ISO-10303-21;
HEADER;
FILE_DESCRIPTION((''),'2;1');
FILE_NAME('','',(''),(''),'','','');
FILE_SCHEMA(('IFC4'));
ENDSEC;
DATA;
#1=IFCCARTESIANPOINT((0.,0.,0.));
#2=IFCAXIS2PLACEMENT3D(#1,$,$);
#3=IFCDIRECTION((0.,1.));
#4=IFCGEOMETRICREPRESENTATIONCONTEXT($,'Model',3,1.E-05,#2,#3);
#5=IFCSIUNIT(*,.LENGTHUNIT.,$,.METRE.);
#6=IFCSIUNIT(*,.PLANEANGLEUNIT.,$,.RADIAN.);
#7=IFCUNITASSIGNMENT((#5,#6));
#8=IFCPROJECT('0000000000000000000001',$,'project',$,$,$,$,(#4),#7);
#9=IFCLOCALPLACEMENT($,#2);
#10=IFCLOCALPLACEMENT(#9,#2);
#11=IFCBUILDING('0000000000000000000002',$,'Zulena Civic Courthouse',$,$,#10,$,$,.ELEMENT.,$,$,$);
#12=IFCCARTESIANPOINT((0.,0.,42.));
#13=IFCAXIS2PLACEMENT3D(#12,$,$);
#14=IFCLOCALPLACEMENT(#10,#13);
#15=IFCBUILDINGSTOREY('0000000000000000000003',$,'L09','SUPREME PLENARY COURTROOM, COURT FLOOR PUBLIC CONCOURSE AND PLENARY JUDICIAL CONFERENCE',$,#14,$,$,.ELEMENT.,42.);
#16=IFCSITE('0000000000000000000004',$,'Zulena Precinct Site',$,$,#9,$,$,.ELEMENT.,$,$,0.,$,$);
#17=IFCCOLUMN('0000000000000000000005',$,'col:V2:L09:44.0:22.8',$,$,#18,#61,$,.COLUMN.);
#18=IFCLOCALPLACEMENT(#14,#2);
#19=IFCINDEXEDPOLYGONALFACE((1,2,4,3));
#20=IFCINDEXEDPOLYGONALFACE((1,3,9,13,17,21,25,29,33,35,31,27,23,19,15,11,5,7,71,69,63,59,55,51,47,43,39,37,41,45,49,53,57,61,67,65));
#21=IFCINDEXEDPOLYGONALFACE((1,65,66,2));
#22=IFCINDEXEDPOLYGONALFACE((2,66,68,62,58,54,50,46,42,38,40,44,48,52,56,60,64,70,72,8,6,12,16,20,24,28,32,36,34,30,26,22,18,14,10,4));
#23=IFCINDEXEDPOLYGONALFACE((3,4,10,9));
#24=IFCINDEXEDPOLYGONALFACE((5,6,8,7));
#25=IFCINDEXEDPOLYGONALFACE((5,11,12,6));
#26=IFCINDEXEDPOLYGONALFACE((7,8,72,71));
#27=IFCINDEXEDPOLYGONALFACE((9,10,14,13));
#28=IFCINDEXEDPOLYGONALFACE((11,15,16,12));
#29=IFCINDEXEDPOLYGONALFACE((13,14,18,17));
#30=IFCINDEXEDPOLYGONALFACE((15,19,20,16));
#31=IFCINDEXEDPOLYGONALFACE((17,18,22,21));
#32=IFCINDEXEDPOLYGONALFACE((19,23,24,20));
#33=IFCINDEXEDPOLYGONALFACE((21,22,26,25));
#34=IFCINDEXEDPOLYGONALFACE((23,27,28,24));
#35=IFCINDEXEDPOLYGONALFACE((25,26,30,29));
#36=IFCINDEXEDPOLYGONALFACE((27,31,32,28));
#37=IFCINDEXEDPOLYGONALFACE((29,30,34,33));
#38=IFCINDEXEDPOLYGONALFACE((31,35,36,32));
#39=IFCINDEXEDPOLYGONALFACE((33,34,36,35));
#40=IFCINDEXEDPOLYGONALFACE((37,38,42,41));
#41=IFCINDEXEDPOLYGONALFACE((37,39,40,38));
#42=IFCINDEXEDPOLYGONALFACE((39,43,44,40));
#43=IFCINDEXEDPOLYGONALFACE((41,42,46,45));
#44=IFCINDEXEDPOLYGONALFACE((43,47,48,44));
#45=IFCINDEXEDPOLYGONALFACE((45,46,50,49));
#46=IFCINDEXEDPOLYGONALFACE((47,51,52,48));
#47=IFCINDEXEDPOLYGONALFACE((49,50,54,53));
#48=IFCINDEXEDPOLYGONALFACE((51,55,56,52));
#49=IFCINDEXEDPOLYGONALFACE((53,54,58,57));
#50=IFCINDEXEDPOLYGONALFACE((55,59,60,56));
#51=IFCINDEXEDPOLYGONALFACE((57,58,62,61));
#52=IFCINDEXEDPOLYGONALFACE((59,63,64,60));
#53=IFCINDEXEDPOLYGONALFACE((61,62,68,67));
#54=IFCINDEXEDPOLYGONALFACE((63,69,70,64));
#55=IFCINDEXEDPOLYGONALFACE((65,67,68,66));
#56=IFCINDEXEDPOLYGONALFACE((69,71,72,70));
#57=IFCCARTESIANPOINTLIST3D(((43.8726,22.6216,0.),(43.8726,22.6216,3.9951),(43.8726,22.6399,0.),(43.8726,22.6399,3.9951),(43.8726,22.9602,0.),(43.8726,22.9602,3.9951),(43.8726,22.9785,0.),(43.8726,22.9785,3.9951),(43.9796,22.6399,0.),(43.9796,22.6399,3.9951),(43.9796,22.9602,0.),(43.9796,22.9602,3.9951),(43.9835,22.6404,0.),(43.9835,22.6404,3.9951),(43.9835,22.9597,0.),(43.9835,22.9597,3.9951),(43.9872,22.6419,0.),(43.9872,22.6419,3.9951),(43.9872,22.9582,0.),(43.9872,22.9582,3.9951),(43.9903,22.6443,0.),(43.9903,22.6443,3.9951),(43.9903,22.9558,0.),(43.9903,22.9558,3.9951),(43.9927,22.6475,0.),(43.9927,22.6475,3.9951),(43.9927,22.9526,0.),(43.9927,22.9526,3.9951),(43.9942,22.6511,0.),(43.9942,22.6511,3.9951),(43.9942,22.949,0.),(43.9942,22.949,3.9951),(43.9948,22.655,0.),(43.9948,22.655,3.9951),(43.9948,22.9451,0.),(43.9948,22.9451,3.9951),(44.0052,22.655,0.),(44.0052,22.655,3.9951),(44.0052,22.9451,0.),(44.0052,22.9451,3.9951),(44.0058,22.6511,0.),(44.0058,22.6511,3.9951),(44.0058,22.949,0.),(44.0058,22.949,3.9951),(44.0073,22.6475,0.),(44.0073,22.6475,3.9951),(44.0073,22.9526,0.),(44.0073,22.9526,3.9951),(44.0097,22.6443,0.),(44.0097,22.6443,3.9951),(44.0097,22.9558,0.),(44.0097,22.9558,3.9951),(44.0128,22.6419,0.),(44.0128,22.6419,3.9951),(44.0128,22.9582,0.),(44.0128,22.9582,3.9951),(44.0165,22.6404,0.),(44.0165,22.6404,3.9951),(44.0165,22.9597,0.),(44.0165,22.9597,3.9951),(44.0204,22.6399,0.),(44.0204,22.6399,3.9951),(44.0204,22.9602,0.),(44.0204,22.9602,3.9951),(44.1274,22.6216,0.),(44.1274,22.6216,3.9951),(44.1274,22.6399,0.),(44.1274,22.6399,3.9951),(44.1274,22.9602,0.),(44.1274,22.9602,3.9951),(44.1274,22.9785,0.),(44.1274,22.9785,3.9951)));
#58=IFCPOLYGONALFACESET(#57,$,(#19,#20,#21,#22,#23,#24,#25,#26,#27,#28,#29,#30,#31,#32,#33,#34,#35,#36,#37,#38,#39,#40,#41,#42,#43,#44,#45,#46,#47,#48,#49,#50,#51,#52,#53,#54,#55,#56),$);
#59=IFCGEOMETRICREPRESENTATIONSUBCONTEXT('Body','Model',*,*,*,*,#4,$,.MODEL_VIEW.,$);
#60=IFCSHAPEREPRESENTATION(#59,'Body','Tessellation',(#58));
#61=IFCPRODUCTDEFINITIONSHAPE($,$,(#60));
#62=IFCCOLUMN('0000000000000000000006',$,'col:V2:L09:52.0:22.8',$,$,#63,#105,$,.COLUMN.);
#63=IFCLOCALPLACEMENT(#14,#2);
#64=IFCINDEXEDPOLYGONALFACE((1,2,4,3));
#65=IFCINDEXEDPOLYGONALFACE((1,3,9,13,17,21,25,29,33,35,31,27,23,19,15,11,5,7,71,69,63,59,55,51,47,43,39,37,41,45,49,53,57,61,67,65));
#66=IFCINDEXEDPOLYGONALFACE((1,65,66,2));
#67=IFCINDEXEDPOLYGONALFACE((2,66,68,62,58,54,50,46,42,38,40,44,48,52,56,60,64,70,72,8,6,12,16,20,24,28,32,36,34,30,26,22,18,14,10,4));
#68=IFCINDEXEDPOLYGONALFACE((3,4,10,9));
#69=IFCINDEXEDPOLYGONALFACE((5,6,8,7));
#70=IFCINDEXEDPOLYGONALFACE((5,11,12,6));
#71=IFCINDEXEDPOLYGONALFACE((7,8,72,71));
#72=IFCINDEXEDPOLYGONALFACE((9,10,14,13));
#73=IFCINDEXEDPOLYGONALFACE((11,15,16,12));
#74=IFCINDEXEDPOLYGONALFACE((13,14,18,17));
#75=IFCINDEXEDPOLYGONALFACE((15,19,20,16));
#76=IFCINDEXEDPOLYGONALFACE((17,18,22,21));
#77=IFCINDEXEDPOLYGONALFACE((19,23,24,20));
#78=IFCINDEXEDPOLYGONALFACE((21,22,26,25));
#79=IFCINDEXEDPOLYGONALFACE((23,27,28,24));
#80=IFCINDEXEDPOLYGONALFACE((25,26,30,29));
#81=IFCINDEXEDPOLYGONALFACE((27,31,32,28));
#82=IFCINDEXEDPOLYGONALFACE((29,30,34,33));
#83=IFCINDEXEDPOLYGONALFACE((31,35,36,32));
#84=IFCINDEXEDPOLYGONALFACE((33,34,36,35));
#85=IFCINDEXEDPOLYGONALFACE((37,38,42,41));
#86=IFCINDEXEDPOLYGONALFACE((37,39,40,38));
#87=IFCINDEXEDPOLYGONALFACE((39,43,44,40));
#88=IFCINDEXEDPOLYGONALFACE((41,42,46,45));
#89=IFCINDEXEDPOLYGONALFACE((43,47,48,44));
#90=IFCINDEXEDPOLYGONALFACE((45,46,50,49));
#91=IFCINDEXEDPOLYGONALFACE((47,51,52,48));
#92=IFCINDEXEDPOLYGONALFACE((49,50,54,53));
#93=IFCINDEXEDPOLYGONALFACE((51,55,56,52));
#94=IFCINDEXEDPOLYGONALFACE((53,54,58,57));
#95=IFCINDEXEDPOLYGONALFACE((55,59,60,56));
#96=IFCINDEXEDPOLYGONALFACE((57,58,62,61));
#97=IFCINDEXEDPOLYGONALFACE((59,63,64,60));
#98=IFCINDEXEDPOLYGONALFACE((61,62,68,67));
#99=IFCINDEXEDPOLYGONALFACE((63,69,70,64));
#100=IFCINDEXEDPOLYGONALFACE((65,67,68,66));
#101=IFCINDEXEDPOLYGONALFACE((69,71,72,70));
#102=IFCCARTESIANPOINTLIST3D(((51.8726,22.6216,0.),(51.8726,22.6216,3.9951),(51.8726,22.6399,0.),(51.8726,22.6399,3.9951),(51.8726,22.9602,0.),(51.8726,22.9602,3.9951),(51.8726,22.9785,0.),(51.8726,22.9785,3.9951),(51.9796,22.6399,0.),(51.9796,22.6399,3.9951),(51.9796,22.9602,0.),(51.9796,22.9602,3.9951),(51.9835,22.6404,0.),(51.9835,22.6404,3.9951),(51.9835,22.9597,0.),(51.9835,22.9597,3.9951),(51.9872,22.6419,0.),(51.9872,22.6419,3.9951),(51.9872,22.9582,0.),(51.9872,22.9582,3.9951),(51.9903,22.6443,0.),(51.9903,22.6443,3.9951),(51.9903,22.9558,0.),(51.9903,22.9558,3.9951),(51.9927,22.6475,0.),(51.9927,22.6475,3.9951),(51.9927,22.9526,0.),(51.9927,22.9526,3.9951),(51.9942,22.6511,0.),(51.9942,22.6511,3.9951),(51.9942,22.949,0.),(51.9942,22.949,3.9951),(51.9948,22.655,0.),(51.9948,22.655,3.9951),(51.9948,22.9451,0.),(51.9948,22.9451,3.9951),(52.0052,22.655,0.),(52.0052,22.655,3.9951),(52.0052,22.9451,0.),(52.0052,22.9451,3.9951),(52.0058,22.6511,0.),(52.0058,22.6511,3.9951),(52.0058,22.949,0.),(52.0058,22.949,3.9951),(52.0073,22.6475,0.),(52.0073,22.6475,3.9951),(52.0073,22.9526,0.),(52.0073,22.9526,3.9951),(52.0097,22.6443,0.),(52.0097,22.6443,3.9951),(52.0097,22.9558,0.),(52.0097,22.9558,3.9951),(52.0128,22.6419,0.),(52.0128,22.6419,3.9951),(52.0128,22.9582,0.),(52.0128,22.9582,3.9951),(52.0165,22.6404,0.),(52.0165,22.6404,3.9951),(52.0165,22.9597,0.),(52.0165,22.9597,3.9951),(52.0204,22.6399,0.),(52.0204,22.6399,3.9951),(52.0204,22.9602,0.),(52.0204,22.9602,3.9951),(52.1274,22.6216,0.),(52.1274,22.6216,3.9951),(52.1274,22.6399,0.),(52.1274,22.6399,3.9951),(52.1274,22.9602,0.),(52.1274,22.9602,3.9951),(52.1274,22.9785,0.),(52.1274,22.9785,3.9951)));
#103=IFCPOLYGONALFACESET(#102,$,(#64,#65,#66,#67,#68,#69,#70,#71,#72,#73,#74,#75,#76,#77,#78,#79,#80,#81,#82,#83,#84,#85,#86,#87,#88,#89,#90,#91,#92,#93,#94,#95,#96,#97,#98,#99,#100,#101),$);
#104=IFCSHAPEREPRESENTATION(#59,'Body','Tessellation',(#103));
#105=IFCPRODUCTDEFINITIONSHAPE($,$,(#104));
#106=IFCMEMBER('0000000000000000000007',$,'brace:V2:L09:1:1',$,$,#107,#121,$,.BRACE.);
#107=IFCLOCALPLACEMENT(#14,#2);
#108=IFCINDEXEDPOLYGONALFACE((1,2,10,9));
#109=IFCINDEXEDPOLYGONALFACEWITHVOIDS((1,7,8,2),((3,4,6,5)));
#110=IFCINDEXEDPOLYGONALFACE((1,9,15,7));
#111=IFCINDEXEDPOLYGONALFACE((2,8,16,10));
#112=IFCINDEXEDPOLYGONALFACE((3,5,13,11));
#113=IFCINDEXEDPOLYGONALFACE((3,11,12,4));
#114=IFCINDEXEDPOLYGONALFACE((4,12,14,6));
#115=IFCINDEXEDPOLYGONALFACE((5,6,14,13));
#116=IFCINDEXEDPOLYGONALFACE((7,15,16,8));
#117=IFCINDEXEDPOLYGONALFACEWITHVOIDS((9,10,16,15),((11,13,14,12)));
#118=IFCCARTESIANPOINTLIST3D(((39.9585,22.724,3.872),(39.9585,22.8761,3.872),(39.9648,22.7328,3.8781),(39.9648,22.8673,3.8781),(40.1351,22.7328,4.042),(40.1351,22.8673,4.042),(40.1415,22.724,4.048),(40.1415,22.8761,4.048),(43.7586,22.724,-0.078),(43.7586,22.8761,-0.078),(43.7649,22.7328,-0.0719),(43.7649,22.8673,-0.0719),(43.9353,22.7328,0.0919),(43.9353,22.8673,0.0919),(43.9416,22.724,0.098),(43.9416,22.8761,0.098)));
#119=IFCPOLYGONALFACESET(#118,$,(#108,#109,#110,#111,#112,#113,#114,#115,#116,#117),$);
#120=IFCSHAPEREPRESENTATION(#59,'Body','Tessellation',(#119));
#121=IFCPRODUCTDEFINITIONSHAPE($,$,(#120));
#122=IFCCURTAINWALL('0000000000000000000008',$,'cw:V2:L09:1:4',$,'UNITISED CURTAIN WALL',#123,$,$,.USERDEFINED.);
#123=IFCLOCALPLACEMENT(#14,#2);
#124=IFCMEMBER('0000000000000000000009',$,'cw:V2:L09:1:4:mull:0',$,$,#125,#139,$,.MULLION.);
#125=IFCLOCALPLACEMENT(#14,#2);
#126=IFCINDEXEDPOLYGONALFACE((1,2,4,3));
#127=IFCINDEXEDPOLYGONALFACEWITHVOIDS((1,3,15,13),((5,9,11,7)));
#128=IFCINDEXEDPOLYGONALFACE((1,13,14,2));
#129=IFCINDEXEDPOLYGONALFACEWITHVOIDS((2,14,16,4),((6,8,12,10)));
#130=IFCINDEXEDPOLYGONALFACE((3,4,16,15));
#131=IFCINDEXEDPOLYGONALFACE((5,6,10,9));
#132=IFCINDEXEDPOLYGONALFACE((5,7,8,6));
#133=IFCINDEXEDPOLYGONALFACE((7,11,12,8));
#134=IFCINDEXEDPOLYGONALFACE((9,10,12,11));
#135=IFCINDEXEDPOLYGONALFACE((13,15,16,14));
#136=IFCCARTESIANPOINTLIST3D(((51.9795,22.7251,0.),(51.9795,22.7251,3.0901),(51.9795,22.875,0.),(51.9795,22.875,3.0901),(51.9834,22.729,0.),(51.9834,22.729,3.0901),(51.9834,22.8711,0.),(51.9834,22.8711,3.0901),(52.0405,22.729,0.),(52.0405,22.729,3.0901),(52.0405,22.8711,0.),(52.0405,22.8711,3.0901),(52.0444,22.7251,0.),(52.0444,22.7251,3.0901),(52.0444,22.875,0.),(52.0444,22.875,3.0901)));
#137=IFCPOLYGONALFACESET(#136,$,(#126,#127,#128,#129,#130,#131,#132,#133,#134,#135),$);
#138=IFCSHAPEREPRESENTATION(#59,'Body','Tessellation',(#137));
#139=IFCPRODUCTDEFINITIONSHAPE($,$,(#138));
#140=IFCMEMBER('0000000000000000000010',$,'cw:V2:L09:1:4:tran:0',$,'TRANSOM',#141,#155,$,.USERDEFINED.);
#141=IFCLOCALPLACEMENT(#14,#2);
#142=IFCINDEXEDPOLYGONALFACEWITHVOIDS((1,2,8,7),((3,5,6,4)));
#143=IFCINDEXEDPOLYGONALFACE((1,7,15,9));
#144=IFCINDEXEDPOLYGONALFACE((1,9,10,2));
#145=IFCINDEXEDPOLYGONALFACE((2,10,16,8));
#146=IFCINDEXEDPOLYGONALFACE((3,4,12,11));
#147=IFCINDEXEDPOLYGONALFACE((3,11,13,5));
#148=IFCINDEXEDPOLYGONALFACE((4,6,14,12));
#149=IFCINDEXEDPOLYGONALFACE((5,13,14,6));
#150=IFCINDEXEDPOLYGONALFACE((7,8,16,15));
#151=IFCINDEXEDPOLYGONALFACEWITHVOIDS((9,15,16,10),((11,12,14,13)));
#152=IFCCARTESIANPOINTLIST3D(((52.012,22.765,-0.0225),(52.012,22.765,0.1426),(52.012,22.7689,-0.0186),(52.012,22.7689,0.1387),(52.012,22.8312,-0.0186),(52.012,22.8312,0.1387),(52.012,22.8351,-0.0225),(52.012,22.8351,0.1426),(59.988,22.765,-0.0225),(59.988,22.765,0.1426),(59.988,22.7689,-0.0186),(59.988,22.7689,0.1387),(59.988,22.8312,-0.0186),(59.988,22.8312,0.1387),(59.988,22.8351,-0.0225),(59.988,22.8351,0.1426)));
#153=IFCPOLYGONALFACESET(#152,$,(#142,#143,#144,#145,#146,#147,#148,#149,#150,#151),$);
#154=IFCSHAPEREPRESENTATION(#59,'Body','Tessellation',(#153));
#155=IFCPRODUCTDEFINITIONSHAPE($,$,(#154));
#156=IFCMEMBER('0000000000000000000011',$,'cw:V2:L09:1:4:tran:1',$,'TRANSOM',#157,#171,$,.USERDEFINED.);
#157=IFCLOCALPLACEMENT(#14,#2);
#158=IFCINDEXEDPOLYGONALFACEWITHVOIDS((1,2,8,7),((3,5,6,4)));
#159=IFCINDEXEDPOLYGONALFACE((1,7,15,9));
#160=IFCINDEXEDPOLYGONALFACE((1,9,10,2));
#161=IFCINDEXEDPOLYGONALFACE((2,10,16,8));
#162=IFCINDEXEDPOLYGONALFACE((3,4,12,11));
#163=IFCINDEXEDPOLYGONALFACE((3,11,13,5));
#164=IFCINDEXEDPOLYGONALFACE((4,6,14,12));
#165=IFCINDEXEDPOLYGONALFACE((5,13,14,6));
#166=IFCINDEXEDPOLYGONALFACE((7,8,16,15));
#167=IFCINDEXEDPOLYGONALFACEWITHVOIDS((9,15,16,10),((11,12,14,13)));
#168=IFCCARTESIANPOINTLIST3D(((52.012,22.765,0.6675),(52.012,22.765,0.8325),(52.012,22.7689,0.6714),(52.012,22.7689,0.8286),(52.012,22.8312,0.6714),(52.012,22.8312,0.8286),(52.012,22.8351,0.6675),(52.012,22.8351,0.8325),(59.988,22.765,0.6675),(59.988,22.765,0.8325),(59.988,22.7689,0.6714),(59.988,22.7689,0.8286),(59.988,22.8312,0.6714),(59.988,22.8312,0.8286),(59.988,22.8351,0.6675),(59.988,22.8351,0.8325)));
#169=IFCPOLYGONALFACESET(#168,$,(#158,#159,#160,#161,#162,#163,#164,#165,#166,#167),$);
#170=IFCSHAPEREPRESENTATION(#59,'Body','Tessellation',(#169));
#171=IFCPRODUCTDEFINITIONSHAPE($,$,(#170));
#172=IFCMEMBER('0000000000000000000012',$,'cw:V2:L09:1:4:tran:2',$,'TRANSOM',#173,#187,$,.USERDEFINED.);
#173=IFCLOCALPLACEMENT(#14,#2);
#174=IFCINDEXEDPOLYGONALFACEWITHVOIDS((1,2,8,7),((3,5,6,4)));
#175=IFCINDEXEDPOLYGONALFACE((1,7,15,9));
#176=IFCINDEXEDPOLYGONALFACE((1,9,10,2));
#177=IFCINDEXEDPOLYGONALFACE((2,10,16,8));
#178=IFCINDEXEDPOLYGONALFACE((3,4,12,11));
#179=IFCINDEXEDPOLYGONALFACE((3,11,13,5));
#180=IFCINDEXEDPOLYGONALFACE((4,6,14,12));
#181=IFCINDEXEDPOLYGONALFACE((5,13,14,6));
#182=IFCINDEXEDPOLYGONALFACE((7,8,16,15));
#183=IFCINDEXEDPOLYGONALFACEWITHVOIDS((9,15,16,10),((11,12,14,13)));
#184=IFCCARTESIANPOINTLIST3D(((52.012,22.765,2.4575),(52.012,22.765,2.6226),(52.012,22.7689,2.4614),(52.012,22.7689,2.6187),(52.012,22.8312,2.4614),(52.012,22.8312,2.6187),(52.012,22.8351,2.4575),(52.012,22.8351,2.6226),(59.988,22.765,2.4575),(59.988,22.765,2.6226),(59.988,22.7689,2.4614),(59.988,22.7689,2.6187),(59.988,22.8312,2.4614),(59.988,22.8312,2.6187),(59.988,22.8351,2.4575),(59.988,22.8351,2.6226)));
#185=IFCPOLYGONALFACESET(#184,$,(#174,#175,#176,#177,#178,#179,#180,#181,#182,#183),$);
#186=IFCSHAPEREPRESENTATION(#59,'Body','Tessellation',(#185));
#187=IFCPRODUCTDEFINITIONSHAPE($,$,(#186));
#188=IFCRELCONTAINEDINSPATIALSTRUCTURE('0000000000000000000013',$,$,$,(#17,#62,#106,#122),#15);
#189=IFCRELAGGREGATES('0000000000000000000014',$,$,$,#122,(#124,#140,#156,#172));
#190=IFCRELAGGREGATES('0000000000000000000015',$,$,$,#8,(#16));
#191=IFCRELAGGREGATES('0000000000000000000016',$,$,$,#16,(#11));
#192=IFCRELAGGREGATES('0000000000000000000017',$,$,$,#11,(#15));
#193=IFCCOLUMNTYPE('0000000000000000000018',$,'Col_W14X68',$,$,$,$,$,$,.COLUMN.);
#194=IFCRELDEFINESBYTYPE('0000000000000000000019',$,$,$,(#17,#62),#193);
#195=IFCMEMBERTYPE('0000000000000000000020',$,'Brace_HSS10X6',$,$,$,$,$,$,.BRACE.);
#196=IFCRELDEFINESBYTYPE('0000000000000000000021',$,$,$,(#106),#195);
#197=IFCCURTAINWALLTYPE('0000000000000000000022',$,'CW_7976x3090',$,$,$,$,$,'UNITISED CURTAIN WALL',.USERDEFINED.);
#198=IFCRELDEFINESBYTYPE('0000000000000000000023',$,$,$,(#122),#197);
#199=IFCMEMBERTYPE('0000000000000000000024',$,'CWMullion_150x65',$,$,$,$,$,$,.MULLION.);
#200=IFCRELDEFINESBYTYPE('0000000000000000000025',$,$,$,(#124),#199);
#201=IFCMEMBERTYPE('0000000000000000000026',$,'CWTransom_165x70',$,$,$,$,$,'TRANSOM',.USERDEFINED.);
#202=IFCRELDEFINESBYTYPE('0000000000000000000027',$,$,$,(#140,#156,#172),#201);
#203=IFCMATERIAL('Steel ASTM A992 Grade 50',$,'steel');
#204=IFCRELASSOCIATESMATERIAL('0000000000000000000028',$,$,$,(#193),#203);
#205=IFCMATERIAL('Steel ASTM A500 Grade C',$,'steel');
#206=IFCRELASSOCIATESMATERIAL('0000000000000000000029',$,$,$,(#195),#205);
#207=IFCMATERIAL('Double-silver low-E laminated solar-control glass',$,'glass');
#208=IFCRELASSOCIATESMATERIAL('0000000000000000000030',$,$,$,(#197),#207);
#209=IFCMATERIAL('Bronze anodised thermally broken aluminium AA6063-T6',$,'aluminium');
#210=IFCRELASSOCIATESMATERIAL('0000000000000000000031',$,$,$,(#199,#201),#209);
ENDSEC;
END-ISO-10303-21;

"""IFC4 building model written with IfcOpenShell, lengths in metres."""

from ifc_helpers import new_model, si_unit, direction, frame, origin, origin_2d, place, context, subcontext, project, spatial, hollow_rectangle, i_section, extrude, material, material_profile, profile_set, type_object, element, aggregate, save


model = new_model("IFC4")

# Units and contexts
model_context = context("Model", 3, precision=1e-05, world=origin(), true_north=direction((0.0, 1.0)))
body_context = subcontext(model_context, "Body", "Model", "MODEL_VIEW")
ifc_project = project(units=[si_unit("LENGTHUNIT", "METRE"), si_unit("PLANEANGLEUNIT", "RADIAN")], contexts=[model_context])

# Site, building, storey
site_placement = place(None, origin())
site = spatial("IfcSite", under=ifc_project, at=site_placement, Name="Zulena Precinct Site", CompositionType="ELEMENT", RefElevation=0.0)
building_placement = place(site_placement, origin())
building = spatial("IfcBuilding", under=site, at=building_placement, Name="Zulena Civic Courthouse", CompositionType="ELEMENT")
storey_placement = place(building_placement, frame((0.0, 0.0, 42.0)))
storey = spatial("IfcBuildingStorey", under=building, at=storey_placement, Name="L09", Description="SUPREME PLENARY COURTROOM, COURT FLOOR PUBLIC CONCOURSE AND PLENARY JUDICIAL CONFERENCE", CompositionType="ELEMENT", Elevation=42.0)

# Columns
ifc_material_1 = material(Name="Steel ASTM A992 Grade 50", Category="steel")
ifc_material_profile_1 = material_profile(ifc_material_1, i_section(OverallWidth=0.2549, OverallDepth=0.3569, WebThickness=0.0105, FlangeThickness=0.0183, FilletRadius=0.0151, at=origin_2d()), Name="W14X68")
ifc_profile_set_1 = profile_set([ifc_material_profile_1], Name="Steel ASTM A992 Grade 50")
column_type = type_object("IfcColumnType", Name="Col_W14X68", PredefinedType="COLUMN", material=ifc_profile_set_1)
for number, where, z_axis, x_axis, name in (
    (1, (44.0, 22.8, 0.0), (0.0, 0.0, 1.0), (1.0, 0.0, 0.0), "col:V2:L09:44.0:22.8"),
    (2, (52.0, 22.8, 0.0), (0.0, 0.0, 1.0), (1.0, 0.0, 0.0), "col:V2:L09:52.0:22.8"),
):
    element("IfcColumn", number, at=place(storey_placement, frame(where, z_axis=z_axis, x_axis=x_axis)), inside=storey, type_object=column_type, Name=name, PredefinedType="COLUMN", context=body_context, shape_type="SweptSolid", body=[
        extrude(i_section(OverallWidth=0.2549, OverallDepth=0.3569, WebThickness=0.0105, FlangeThickness=0.0183, FilletRadius=0.0151, at=origin_2d()), origin(), (0.0, 0.0, 1.0), 3.9951),
    ])

# Member
ifc_material_2 = material(Name="Steel ASTM A500 Grade C", Category="steel")
ifc_material_profile_2 = material_profile(ifc_material_2, hollow_rectangle(XDim=0.1521, YDim=0.2539, WallThickness=0.0088, at=origin_2d()), Name="HSS10X6X3/8")
ifc_profile_set_2 = profile_set([ifc_material_profile_2], Name="Steel ASTM A500 Grade C")
member_type_1 = type_object("IfcMemberType", Name="Brace_HSS10X6", PredefinedType="BRACE", material=ifc_profile_set_2)
member_1_placement = place(storey_placement, frame((43.8501, 22.8, 0.01), z_axis=(-0.6933, 0.0, 0.720649), x_axis=(0.0, -1.0, 0.0)))
element("IfcMember", 3, at=member_1_placement, inside=storey, type_object=member_type_1, Name="brace:V2:L09:1:1", PredefinedType="BRACE", context=body_context, shape_type="SweptSolid", body=[
    extrude(hollow_rectangle(XDim=0.1521, YDim=0.2539, WallThickness=0.0088, at=origin_2d()), origin(), (0.0, 0.0, 1.0), 5.4812),
])

# Curtain wall, members
ifc_material_3 = material(Name="Double-silver low-E laminated solar-control glass", Category="glass")
curtain_wall_type = type_object("IfcCurtainWallType", Name="CW_7976x3090", ElementType="UNITISED CURTAIN WALL", PredefinedType="USERDEFINED", material=ifc_material_3)
curtain_wall_placement = place(storey_placement, origin())
curtain_wall = element("IfcCurtainWall", 4, at=curtain_wall_placement, inside=storey, type_object=curtain_wall_type, Name="cw:V2:L09:1:4", ObjectType="UNITISED CURTAIN WALL", PredefinedType="USERDEFINED")
ifc_material_4 = material(Name="Bronze anodised thermally broken aluminium AA6063-T6", Category="aluminium")
ifc_material_profile_3 = material_profile(ifc_material_4, hollow_rectangle(XDim=0.0649, YDim=0.1499, WallThickness=0.0039, at=origin_2d()), Name="CWM150X65X4")
ifc_profile_set_3 = profile_set([ifc_material_profile_3], Name="Bronze anodised thermally broken aluminium AA6063-T6")
member_type_2 = type_object("IfcMemberType", Name="CWMullion_150x65", PredefinedType="MULLION", material=ifc_profile_set_3)
member_2_placement = place(storey_placement, frame((52.012, 22.8, 0.0), z_axis=(0.0, 0.0, 1.0), x_axis=(1.0, 0.0, 0.0)))
member_2 = element("IfcMember", 5, at=member_2_placement, type_object=member_type_2, Name="cw:V2:L09:1:4:mull:0", PredefinedType="MULLION", context=body_context, shape_type="SweptSolid", body=[
    extrude(hollow_rectangle(XDim=0.0649, YDim=0.1499, WallThickness=0.0039, at=origin_2d()), origin(), (0.0, 0.0, 1.0), 3.0901),
])
ifc_material_profile_4 = material_profile(ifc_material_4, hollow_rectangle(XDim=0.0701, YDim=0.165, WallThickness=0.0039, at=origin_2d()), Name="CWT165X70X4")
ifc_profile_set_4 = profile_set([ifc_material_profile_4], Name="Bronze anodised thermally broken aluminium AA6063-T6")
member_type_3 = type_object("IfcMemberType", Name="CWTransom_165x70", ElementType="TRANSOM", PredefinedType="USERDEFINED", material=ifc_profile_set_4)
member_3_placement = place(storey_placement, frame((52.012, 22.8, 0.0601), z_axis=(1.0, 0.0, 0.0), x_axis=(0.0, 1.0, 0.0)))
member_3 = element("IfcMember", 6, at=member_3_placement, type_object=member_type_3, Name="cw:V2:L09:1:4:tran:0", ObjectType="TRANSOM", PredefinedType="USERDEFINED", context=body_context, shape_type="SweptSolid", body=[
    extrude(hollow_rectangle(XDim=0.0701, YDim=0.165, WallThickness=0.0039, at=origin_2d()), origin(), (0.0, 0.0, 1.0), 7.9761),
])
member_4_placement = place(storey_placement, frame((52.012, 22.8, 0.75), z_axis=(1.0, 0.0, 0.0), x_axis=(0.0, 1.0, 0.0)))
member_4 = element("IfcMember", 7, at=member_4_placement, type_object=member_type_3, Name="cw:V2:L09:1:4:tran:1", ObjectType="TRANSOM", PredefinedType="USERDEFINED", context=body_context, shape_type="SweptSolid", body=[
    extrude(hollow_rectangle(XDim=0.0701, YDim=0.165, WallThickness=0.0039, at=origin_2d()), origin(), (0.0, 0.0, 1.0), 7.9761),
])
member_5_placement = place(storey_placement, frame((52.012, 22.8, 2.54), z_axis=(1.0, 0.0, 0.0), x_axis=(0.0, 1.0, 0.0)))
member_5 = element("IfcMember", 8, at=member_5_placement, type_object=member_type_3, Name="cw:V2:L09:1:4:tran:2", ObjectType="TRANSOM", PredefinedType="USERDEFINED", context=body_context, shape_type="SweptSolid", body=[
    extrude(hollow_rectangle(XDim=0.0701, YDim=0.165, WallThickness=0.0039, at=origin_2d()), origin(), (0.0, 0.0, 1.0), 7.9761),
])

aggregate(curtain_wall, [member_2, member_3, member_4, member_5])

save(model, "model.ifc")
